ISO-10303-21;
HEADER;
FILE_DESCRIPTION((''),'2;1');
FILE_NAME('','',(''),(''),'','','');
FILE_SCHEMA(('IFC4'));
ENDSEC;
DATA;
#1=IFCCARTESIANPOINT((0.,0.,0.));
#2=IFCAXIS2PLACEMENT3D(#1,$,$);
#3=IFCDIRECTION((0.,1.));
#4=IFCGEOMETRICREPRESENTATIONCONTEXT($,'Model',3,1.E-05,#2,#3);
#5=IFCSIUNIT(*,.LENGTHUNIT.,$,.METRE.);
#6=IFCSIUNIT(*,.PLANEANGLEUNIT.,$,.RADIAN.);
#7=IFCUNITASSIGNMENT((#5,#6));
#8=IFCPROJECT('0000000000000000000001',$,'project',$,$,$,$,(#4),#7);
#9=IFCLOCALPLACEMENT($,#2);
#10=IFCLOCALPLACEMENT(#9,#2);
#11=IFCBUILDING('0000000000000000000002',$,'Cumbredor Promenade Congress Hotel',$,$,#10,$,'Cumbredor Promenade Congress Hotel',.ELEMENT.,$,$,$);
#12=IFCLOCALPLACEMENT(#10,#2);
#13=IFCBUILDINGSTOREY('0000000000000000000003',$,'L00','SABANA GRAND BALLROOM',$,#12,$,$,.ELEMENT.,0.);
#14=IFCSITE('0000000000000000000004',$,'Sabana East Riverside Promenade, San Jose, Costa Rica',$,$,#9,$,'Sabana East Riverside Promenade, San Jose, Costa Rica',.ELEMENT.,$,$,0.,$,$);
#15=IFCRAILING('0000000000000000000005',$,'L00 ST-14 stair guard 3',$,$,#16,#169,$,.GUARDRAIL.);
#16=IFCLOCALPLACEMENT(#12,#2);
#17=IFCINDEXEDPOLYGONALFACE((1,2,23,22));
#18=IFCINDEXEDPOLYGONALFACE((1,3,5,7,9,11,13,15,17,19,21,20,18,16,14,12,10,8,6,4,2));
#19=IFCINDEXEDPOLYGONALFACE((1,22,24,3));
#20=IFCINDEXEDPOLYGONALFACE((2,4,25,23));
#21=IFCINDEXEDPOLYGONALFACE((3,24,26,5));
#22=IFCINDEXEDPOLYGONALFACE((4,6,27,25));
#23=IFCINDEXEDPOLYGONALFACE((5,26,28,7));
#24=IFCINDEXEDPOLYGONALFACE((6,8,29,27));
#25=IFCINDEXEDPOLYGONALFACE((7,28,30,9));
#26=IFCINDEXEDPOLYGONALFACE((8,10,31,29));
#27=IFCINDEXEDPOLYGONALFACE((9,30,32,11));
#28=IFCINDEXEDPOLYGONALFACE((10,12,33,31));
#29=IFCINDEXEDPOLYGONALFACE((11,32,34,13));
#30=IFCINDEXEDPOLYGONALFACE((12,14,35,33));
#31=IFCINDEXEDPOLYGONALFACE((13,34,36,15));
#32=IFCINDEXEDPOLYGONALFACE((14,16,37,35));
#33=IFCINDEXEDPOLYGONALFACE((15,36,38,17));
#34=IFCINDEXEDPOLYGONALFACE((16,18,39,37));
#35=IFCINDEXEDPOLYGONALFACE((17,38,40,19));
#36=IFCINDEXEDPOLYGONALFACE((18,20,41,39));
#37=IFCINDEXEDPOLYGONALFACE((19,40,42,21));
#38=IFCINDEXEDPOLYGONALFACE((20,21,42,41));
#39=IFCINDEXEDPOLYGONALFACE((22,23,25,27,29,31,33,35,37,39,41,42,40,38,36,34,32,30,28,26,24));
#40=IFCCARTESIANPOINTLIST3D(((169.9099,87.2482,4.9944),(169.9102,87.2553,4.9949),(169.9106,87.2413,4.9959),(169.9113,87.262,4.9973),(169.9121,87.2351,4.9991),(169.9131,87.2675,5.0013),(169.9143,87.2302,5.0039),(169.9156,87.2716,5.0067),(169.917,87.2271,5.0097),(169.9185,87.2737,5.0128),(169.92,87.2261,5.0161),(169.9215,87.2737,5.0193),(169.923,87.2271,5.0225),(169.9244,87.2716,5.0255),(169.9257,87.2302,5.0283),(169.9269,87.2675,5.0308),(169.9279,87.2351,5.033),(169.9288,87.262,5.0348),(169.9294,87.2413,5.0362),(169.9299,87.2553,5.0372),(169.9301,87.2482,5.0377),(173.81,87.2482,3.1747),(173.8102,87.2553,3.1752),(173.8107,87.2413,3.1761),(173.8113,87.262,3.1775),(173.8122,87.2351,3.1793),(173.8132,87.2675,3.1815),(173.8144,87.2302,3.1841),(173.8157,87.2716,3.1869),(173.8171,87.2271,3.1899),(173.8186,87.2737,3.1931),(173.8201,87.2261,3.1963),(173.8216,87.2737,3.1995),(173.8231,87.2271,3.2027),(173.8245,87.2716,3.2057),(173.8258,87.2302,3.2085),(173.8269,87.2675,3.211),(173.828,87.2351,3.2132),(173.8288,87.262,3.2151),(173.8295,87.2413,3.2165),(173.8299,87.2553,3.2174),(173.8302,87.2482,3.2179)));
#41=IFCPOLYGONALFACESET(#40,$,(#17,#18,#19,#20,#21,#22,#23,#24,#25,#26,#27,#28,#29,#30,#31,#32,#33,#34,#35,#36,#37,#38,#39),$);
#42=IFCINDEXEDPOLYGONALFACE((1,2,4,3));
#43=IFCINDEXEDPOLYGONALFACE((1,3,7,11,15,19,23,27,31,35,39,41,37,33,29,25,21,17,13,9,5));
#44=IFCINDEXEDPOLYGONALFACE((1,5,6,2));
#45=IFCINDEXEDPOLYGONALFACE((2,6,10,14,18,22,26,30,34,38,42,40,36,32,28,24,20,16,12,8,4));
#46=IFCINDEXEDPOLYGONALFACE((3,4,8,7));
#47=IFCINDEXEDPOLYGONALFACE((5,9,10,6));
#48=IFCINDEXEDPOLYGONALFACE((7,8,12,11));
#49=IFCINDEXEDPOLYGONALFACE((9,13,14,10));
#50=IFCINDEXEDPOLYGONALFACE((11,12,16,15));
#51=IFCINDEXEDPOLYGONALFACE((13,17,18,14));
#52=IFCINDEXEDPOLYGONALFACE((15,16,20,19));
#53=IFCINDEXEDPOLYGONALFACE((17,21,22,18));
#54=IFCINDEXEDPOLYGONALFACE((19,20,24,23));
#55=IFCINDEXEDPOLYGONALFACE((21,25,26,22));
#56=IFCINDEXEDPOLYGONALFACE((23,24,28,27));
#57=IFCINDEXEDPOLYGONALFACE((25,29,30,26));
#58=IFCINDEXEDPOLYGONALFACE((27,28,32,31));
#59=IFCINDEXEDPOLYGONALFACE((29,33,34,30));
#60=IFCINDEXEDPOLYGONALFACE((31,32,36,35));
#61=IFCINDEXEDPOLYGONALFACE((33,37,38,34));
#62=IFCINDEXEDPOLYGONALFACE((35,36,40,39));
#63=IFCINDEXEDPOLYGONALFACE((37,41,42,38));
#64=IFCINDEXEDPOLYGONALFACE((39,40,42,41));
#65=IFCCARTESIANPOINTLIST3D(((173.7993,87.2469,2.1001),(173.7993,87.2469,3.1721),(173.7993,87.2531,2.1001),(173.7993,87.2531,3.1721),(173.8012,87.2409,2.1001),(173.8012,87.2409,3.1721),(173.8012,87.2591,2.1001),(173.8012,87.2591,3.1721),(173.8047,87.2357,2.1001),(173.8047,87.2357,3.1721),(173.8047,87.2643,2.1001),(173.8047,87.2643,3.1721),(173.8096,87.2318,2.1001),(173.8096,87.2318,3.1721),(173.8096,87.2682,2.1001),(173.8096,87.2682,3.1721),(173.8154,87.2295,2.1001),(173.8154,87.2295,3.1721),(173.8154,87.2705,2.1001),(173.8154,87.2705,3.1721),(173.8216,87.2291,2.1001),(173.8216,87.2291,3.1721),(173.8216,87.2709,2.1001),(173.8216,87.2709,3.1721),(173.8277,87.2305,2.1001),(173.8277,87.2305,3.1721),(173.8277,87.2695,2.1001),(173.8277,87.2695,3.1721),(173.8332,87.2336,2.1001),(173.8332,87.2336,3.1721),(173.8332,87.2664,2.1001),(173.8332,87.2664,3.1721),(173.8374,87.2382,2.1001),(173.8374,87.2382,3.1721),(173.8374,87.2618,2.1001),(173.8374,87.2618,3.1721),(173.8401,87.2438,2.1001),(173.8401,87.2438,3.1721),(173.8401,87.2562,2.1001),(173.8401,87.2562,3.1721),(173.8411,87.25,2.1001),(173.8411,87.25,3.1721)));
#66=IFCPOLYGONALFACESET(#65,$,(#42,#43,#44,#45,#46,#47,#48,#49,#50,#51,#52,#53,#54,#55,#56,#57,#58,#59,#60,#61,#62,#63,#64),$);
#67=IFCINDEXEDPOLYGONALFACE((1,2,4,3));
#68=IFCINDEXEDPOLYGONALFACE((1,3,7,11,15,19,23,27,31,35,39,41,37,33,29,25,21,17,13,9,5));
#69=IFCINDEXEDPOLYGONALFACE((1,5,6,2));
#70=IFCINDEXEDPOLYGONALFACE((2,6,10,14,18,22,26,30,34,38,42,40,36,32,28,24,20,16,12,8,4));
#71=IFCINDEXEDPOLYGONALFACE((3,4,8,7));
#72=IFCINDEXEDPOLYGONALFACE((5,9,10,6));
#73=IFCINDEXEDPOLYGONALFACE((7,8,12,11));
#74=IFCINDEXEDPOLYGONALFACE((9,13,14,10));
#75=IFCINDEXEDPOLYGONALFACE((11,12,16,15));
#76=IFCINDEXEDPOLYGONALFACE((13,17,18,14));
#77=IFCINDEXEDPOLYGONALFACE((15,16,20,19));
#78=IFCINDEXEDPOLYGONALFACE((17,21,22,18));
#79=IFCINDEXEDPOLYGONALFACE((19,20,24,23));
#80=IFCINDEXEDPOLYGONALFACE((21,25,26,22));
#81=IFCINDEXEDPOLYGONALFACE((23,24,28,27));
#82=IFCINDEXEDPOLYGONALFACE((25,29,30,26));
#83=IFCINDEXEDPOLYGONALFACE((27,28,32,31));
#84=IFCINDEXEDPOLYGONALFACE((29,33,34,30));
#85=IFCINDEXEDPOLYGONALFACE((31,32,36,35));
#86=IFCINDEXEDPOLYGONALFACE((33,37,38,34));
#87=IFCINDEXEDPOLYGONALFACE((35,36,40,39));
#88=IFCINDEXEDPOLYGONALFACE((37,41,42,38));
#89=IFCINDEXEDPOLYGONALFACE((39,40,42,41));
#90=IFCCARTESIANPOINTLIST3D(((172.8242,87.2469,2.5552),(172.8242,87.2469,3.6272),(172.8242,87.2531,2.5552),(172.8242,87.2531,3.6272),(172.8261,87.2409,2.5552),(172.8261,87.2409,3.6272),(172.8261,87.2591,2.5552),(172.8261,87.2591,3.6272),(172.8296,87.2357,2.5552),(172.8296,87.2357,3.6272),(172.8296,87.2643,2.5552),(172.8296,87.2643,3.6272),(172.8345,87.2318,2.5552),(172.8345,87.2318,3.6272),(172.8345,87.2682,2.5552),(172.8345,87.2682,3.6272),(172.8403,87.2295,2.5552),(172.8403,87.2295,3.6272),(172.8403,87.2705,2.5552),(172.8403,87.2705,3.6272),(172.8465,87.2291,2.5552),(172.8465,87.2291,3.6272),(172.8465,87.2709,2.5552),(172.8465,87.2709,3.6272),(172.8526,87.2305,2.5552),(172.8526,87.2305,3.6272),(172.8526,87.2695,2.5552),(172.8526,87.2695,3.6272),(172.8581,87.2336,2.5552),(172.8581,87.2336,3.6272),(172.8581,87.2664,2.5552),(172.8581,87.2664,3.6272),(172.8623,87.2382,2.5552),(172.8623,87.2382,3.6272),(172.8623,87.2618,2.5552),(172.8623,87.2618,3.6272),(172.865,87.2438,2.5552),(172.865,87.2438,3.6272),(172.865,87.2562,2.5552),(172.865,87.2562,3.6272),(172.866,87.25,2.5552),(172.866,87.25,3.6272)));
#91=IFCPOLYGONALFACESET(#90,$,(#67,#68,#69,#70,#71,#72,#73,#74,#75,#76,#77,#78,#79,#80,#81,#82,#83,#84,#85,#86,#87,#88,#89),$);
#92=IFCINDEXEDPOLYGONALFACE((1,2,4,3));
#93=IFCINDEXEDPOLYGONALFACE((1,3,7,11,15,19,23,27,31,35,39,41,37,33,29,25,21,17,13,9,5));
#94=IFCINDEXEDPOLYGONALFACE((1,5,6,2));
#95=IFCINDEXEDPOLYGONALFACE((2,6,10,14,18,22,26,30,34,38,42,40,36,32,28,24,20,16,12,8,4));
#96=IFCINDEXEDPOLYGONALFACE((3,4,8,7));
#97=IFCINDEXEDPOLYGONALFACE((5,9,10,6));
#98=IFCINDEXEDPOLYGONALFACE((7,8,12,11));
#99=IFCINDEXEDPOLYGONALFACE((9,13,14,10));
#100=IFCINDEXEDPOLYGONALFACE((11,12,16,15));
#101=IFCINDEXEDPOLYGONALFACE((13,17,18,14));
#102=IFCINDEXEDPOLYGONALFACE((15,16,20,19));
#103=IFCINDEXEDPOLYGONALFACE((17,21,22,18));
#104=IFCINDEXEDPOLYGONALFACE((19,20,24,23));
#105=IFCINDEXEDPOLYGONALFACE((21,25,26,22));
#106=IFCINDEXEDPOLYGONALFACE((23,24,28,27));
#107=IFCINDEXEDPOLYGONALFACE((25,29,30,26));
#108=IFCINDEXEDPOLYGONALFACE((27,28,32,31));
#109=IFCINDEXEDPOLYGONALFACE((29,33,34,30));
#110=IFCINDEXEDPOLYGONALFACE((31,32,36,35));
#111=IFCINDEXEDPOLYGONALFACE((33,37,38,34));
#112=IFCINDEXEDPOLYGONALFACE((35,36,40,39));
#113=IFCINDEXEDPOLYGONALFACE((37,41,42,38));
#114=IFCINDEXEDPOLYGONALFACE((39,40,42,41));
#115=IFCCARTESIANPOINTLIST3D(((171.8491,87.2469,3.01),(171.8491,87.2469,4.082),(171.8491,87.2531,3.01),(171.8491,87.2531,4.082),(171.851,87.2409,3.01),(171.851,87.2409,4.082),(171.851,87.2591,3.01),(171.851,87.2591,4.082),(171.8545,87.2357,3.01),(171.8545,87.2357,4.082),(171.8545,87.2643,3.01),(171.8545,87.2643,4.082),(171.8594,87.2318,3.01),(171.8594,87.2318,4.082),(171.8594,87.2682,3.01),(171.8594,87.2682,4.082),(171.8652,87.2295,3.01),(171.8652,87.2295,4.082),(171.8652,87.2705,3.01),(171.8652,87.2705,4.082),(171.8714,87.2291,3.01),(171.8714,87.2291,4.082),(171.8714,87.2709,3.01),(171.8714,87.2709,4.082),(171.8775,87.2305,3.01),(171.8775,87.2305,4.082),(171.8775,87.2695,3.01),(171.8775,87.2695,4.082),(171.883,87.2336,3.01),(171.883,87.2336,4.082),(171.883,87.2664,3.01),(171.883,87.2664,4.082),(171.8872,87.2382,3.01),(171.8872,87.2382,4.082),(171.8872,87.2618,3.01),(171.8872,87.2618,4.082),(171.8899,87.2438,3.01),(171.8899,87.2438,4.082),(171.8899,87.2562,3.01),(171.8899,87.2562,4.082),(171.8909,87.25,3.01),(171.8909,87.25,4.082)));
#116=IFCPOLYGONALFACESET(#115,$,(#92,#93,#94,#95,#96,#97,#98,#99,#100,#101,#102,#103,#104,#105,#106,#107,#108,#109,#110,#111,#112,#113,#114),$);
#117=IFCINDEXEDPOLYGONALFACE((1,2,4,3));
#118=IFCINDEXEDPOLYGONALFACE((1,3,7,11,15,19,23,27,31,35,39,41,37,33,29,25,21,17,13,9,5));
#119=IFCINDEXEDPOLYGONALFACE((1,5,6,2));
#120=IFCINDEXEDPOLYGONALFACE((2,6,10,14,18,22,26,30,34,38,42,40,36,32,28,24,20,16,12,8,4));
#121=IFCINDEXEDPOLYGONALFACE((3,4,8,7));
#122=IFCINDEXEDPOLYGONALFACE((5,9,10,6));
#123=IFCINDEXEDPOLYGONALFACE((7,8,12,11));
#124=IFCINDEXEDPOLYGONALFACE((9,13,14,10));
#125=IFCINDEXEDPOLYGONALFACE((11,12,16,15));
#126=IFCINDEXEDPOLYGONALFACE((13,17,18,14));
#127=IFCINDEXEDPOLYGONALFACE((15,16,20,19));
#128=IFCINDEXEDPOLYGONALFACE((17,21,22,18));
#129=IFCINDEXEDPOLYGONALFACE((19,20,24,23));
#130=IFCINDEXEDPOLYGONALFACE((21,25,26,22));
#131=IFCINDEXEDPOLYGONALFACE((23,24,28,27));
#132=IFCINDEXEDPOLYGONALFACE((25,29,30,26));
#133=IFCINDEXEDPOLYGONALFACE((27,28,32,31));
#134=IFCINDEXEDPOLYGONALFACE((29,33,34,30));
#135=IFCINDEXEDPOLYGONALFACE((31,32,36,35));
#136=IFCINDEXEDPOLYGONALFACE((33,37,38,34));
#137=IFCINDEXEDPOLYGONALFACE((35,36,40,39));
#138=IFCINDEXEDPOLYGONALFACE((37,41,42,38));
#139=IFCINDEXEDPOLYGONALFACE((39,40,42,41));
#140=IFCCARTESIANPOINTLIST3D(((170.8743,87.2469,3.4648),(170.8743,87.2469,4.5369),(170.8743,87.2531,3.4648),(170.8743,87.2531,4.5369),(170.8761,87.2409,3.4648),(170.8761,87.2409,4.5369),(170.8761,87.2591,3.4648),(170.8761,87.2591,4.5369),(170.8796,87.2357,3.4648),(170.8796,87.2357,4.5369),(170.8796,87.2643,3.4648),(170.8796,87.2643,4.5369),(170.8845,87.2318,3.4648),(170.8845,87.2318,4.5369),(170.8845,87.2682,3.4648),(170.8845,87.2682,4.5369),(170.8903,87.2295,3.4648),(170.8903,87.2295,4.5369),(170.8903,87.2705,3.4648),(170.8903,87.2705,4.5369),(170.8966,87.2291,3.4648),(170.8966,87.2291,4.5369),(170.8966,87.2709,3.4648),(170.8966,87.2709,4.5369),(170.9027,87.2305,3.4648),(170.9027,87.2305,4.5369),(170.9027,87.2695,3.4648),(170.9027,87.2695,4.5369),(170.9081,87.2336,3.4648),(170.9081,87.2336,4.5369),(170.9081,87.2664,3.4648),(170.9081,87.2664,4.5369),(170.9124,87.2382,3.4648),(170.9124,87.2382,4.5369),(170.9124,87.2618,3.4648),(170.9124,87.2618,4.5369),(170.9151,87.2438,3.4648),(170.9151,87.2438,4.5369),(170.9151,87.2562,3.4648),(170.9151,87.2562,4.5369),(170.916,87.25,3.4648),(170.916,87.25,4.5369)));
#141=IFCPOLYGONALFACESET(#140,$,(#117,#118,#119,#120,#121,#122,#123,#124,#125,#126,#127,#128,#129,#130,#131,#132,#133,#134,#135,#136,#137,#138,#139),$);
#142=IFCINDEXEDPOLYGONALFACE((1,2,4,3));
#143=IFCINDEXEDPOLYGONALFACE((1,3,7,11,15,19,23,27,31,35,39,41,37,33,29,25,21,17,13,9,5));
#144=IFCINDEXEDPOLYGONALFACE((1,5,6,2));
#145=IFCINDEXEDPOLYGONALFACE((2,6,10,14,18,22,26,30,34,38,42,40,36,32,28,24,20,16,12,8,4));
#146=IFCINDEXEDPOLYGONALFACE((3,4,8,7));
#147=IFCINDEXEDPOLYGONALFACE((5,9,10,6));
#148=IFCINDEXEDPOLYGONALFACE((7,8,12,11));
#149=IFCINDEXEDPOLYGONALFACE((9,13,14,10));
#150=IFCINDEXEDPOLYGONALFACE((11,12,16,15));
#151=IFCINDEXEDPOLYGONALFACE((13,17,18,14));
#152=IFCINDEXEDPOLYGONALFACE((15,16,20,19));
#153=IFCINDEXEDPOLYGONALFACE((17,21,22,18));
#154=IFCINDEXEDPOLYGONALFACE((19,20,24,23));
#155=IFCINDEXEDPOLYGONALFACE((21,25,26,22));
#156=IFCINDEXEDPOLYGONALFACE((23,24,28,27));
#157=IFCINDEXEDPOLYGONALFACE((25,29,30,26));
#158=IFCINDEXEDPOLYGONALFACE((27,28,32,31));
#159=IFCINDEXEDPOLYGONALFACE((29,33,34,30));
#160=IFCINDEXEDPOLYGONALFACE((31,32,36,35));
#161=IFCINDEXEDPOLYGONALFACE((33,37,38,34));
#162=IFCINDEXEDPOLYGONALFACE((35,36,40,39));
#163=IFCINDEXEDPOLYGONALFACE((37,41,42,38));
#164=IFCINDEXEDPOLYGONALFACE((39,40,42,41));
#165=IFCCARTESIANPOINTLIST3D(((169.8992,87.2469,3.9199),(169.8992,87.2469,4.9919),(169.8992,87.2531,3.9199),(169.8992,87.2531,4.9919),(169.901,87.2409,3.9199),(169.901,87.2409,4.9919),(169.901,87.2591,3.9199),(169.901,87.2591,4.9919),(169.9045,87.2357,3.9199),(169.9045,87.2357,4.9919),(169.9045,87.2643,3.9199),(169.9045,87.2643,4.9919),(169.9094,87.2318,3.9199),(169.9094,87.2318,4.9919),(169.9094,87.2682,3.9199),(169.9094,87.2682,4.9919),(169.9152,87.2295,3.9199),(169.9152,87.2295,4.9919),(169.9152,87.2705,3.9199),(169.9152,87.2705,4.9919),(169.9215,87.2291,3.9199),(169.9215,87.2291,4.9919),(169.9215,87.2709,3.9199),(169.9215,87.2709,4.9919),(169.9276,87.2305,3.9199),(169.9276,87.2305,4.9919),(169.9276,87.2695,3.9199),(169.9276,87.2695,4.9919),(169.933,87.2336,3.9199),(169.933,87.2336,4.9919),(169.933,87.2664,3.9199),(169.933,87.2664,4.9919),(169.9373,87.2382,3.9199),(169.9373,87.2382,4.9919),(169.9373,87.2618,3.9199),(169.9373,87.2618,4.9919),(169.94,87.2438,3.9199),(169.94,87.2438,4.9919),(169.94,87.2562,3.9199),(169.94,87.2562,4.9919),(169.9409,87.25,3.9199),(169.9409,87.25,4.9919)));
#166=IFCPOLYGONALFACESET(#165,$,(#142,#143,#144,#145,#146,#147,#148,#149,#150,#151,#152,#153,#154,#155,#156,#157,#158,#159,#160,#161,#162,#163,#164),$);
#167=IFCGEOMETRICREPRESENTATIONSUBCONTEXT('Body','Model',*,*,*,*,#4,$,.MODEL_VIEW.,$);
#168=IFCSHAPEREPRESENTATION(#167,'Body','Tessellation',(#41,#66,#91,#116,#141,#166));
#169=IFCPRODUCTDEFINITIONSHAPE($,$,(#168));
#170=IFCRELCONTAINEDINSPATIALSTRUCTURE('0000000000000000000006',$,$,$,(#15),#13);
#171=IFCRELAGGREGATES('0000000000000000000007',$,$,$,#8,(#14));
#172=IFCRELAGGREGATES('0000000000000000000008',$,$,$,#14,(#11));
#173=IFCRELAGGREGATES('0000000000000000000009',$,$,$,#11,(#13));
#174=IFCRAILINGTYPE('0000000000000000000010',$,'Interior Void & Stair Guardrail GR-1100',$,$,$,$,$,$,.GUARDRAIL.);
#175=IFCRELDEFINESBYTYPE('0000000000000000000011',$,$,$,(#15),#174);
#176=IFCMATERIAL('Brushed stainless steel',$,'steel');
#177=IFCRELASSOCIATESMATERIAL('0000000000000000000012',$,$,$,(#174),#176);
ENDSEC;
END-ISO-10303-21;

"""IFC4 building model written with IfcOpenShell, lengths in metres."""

from ifc_helpers import new_model, si_unit, direction, frame, origin, origin_2d, place, context, subcontext, project, spatial, circle, extrude, material, type_object, element, save


model = new_model("IFC4")

# Units and contexts
model_context = context("Model", 3, precision=1e-05, world=origin(), true_north=direction((0.0, 1.0)))
body_context = subcontext(model_context, "Body", "Model", "MODEL_VIEW")
ifc_project = project(units=[si_unit("LENGTHUNIT", "METRE"), si_unit("PLANEANGLEUNIT", "RADIAN")], contexts=[model_context])

# Site, building, storey
site_placement = place(None, origin())
site = spatial("IfcSite", under=ifc_project, at=site_placement, Name="Sabana East Riverside Promenade, San Jose, Costa Rica", LongName="Sabana East Riverside Promenade, San Jose, Costa Rica", CompositionType="ELEMENT", RefElevation=0.0)
building_placement = place(site_placement, origin())
building = spatial("IfcBuilding", under=site, at=building_placement, Name="Cumbredor Promenade Congress Hotel", LongName="Cumbredor Promenade Congress Hotel", CompositionType="ELEMENT")
storey_placement = place(building_placement, origin())
storey = spatial("IfcBuildingStorey", under=building, at=storey_placement, Name="L00", Description="SABANA GRAND BALLROOM", CompositionType="ELEMENT", Elevation=0.0)

# Railing
ifc_material_1 = material(Name="Brushed stainless steel", Category="steel")
railing_type_1 = type_object("IfcRailingType", Name="Interior Void & Stair Guardrail GR-1100", PredefinedType="GUARDRAIL", material=ifc_material_1)
railing_1_placement = place(storey_placement, frame((173.8201, 87.25, 2.1001)))
element("IfcRailing", 1, at=railing_1_placement, inside=storey, type_object=railing_type_1, Name="L00 ST-14 stair guard 3", PredefinedType="GUARDRAIL", context=body_context, shape_type="SweptSolid", body=[
    extrude(circle(Radius=0.0239, at=origin_2d()), frame((0.0, 0.0, 1.0962), z_axis=(-0.906205, 0.0, 0.422839), x_axis=(0.0, -1.0, 0.0)), (0.0, 0.0, 1.0), 4.3037),
    extrude(circle(Radius=0.021, at=origin_2d()), origin(), (0.0, 0.0, 1.0), 1.072),
    extrude(circle(Radius=0.021, at=origin_2d()), frame((-0.9751, 0.0, 0.4551)), (0.0, 0.0, 1.0), 1.072),
    extrude(circle(Radius=0.021, at=origin_2d()), frame((-1.9502, 0.0, 0.9099)), (0.0, 0.0, 1.0), 1.072),
    extrude(circle(Radius=0.021, at=origin_2d()), frame((-2.925, 0.0, 1.3647)), (0.0, 0.0, 1.0), 1.072),
    extrude(circle(Radius=0.021, at=origin_2d()), frame((-3.9001, 0.0, 1.8198)), (0.0, 0.0, 1.0), 1.072),
])

save(model, "model.ifc")
